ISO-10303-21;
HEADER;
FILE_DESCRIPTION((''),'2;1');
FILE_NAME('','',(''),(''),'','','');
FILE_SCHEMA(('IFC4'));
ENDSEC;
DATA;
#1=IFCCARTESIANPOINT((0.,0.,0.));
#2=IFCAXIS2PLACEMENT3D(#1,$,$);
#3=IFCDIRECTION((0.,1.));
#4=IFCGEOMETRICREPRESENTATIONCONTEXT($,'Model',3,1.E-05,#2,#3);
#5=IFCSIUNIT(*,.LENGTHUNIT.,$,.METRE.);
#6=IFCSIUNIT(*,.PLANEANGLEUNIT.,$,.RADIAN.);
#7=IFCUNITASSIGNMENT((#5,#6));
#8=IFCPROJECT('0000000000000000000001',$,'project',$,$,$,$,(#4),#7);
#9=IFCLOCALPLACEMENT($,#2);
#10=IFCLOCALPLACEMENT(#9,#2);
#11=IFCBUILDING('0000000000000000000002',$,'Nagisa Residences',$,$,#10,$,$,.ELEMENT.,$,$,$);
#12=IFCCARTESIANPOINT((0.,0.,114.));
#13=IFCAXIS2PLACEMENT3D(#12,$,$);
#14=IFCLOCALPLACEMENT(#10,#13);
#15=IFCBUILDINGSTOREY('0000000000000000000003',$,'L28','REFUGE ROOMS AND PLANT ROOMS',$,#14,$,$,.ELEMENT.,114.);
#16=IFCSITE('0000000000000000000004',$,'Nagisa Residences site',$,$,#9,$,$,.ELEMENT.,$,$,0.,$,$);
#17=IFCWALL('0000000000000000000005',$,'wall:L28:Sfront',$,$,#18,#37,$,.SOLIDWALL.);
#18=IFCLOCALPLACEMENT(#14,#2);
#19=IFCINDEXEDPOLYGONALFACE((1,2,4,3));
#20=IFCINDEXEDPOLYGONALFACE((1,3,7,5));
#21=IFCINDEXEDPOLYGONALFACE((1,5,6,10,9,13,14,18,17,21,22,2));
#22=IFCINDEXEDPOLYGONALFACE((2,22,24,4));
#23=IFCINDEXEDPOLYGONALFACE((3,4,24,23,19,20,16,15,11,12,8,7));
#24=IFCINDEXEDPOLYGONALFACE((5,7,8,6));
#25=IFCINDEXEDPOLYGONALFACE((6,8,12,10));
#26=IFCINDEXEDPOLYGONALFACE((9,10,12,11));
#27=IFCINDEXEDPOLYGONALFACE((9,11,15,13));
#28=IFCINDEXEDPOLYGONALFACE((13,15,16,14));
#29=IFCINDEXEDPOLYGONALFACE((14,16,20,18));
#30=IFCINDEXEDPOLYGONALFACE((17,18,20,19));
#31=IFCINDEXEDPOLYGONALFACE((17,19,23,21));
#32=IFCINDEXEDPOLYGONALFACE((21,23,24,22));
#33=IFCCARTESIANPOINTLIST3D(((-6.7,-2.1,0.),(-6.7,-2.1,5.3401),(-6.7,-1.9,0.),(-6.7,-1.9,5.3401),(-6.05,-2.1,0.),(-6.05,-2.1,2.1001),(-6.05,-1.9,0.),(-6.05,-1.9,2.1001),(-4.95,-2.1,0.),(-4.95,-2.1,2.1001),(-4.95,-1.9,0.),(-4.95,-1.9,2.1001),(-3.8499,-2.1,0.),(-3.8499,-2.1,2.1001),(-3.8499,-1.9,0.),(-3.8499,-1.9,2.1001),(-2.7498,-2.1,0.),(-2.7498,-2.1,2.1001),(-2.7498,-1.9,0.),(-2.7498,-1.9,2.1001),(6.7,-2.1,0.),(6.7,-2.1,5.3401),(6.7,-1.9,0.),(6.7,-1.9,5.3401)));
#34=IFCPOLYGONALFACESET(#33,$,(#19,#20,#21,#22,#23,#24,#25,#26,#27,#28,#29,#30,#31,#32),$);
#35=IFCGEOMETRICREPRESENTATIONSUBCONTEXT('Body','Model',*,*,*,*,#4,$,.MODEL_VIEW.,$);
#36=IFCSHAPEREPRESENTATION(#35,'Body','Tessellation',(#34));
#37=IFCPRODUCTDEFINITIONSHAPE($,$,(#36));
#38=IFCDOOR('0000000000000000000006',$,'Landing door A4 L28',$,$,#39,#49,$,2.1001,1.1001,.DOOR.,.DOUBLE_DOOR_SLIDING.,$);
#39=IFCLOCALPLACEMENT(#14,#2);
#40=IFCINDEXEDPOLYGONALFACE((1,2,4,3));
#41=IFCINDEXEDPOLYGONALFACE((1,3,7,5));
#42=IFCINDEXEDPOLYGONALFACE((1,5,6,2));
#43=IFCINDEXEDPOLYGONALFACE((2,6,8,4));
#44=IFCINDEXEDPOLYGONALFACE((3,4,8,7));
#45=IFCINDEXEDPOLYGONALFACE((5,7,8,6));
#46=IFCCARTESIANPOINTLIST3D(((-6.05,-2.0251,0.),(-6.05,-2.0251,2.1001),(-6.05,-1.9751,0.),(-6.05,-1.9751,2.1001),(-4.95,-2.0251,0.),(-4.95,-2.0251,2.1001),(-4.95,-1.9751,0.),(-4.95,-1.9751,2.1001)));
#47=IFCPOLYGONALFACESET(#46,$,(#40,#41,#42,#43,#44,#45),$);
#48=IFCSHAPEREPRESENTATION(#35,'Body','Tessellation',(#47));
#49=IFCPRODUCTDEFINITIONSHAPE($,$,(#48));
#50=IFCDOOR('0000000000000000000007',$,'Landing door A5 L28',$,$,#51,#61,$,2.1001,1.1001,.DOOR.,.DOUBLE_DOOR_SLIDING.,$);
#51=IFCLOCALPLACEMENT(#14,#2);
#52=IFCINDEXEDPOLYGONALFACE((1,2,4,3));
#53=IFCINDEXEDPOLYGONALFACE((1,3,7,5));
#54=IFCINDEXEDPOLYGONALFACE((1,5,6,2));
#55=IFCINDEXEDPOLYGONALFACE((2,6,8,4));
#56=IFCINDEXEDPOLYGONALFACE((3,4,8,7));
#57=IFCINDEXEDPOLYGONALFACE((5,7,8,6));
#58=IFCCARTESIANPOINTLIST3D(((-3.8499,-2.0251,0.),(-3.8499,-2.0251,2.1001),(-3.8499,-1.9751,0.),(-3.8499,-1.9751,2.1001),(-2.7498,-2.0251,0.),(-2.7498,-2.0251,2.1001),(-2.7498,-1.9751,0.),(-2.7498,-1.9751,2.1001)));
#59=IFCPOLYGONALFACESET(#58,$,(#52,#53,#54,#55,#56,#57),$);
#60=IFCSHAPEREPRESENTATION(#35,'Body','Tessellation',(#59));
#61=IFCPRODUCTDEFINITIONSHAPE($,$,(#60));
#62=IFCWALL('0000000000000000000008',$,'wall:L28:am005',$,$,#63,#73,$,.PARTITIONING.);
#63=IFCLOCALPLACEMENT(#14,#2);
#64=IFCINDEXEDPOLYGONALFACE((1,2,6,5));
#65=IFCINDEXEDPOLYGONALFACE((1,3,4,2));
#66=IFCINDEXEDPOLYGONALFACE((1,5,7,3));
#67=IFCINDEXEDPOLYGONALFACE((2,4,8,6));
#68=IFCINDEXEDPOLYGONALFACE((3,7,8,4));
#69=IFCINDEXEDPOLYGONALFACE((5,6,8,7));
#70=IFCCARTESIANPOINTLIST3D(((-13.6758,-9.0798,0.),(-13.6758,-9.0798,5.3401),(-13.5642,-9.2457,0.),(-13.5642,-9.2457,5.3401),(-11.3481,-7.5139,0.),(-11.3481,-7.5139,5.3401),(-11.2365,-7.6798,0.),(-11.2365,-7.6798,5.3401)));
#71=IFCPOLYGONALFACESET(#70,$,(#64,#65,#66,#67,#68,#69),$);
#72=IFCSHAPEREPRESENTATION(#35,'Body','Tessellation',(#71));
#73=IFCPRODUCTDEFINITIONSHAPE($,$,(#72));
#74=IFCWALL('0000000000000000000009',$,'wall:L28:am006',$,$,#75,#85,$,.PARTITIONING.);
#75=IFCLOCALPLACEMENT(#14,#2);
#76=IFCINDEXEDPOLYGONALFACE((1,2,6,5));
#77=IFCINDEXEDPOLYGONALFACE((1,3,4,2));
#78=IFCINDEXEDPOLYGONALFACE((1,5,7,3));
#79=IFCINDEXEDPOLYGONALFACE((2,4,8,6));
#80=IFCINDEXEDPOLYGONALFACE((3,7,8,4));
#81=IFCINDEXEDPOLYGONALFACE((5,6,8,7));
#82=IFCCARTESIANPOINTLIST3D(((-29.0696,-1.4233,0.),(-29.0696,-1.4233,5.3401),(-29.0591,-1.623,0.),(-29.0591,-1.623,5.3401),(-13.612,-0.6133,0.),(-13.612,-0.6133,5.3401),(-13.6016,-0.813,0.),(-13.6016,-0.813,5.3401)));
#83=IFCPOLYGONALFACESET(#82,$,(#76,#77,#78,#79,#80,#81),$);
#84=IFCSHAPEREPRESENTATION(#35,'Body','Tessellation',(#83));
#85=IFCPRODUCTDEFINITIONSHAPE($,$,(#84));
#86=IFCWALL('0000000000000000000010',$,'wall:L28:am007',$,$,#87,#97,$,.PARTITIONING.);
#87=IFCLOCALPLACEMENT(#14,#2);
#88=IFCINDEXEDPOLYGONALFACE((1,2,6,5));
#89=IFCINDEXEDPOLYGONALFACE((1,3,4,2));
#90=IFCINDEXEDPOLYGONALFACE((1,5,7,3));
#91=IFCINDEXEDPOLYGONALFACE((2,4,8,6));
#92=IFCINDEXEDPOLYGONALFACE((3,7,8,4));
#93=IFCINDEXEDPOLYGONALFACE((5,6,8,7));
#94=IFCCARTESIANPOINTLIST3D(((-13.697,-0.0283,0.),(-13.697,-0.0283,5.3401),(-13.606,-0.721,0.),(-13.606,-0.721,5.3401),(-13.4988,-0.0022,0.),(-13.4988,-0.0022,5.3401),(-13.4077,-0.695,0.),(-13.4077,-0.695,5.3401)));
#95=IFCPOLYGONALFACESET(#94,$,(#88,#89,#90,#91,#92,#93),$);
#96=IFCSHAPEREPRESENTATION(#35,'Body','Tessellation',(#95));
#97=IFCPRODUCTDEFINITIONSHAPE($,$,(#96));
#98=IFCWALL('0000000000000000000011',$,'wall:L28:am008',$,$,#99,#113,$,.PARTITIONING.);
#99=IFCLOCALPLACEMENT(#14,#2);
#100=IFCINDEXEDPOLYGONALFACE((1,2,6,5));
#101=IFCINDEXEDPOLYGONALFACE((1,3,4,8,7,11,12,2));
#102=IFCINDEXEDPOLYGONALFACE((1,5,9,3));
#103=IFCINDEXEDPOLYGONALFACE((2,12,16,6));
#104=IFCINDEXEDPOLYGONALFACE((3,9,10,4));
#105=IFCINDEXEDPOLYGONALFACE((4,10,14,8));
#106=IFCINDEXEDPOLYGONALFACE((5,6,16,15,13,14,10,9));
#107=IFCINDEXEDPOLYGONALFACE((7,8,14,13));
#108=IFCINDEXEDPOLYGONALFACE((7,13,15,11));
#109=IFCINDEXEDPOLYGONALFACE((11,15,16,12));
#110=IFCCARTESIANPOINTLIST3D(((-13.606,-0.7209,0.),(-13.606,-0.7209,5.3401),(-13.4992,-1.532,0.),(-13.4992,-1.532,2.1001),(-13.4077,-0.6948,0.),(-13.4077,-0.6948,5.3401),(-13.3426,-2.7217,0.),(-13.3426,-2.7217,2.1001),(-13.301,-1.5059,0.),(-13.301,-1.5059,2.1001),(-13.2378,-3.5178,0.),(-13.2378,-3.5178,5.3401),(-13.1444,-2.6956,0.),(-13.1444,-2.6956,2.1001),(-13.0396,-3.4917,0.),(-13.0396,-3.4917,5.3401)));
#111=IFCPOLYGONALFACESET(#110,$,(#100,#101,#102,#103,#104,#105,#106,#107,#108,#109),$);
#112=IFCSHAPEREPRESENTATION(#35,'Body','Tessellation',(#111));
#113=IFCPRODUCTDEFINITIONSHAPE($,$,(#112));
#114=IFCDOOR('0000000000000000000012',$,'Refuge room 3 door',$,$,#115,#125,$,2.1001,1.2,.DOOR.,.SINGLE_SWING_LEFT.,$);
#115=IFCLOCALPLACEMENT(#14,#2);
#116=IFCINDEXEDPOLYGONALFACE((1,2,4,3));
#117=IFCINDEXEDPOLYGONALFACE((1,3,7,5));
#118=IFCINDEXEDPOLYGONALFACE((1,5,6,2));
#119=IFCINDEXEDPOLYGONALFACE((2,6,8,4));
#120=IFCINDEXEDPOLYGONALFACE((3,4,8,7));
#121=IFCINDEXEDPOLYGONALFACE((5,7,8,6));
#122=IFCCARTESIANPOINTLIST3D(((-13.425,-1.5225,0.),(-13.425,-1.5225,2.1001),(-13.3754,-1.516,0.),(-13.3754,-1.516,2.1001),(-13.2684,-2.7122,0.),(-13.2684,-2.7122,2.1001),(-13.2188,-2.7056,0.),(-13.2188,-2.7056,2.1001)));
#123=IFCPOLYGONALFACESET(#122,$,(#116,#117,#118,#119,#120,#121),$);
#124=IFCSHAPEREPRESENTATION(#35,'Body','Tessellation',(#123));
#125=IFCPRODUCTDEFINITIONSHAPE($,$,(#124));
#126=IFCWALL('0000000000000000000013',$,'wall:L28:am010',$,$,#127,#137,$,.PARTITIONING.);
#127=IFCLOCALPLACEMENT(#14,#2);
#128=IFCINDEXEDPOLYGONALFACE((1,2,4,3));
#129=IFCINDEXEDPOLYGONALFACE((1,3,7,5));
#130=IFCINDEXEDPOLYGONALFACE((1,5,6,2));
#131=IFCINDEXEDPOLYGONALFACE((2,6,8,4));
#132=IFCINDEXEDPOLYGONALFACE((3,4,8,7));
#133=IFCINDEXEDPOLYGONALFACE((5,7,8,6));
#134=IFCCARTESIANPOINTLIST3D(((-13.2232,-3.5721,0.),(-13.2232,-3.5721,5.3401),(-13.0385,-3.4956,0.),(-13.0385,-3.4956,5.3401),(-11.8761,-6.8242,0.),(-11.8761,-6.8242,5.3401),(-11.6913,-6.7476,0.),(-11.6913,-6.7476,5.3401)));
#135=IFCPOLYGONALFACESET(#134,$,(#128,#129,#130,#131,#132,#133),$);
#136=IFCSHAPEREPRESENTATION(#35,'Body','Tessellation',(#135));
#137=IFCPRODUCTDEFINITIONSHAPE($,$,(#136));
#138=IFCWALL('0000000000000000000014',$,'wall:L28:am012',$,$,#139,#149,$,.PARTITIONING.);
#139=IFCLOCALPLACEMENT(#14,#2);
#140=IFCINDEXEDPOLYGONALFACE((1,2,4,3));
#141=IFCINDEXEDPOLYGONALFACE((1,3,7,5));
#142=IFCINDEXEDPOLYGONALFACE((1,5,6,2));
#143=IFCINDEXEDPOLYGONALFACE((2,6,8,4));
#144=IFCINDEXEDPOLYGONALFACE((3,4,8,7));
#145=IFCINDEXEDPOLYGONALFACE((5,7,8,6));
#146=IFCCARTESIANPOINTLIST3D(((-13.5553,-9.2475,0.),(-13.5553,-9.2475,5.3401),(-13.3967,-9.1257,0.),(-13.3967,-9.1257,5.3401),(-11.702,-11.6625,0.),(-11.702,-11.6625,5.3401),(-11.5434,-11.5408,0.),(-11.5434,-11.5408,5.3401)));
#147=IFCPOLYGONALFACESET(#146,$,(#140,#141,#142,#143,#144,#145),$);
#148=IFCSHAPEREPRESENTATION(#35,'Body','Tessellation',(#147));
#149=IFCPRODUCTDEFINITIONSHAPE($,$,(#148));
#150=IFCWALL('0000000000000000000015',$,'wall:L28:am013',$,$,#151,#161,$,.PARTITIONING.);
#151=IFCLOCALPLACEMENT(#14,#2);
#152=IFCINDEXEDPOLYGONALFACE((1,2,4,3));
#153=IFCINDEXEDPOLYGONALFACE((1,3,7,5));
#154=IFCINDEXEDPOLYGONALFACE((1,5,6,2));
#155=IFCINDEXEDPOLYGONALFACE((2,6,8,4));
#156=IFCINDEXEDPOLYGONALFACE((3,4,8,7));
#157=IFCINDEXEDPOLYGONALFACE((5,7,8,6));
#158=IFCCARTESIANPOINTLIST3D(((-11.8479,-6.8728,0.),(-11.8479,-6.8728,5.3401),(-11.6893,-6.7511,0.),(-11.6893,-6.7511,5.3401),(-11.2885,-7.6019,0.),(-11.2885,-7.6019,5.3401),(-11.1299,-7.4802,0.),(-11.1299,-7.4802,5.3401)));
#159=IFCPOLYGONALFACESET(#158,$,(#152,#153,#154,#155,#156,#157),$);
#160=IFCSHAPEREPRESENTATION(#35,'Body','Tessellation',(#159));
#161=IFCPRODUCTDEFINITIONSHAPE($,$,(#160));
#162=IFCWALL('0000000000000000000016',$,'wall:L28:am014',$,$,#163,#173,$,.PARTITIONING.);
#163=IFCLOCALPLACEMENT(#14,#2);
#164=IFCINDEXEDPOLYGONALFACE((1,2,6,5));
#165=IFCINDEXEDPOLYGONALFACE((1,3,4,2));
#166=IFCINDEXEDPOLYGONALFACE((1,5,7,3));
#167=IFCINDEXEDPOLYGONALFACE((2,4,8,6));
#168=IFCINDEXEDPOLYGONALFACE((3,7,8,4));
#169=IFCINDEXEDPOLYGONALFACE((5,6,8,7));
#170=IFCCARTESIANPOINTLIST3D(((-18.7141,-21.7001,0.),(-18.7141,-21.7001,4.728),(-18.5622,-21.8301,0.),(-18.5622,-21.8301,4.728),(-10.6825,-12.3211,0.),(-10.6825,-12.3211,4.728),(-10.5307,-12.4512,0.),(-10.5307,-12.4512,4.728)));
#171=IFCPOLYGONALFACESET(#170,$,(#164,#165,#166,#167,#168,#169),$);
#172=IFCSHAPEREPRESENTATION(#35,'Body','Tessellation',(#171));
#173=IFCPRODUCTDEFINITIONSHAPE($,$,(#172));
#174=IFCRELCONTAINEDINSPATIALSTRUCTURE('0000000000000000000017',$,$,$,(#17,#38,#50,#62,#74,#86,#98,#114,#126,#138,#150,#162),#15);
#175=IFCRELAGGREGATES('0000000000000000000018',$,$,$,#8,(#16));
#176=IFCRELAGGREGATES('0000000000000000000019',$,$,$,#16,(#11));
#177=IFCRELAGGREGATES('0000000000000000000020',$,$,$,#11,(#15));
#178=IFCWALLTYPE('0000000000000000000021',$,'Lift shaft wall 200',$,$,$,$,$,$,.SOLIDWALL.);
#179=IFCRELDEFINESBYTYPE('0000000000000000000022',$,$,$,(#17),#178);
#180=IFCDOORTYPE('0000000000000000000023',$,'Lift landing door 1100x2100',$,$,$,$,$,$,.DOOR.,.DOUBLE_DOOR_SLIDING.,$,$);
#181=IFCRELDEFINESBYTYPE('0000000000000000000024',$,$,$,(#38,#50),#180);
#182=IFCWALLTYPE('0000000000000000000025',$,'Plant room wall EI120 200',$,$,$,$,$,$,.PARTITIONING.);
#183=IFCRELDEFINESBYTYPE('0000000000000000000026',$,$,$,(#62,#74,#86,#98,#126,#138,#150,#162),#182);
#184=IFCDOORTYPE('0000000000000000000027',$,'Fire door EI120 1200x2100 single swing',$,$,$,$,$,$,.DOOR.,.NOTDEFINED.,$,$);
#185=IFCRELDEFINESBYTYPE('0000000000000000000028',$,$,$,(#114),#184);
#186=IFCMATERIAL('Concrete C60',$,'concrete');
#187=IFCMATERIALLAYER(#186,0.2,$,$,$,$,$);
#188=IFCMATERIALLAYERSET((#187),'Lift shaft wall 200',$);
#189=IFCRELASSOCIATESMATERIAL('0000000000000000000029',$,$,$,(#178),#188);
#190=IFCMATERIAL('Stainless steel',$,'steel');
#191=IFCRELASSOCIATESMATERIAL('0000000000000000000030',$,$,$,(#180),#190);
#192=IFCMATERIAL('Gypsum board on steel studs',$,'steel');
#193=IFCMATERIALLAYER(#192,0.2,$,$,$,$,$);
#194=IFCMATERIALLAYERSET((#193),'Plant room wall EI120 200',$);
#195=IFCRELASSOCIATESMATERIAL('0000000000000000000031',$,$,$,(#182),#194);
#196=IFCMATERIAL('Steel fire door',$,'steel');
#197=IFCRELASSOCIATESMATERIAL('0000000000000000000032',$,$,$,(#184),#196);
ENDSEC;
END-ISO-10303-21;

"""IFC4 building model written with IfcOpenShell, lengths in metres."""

from ifc_helpers import new_model, si_unit, direction, frame, frame_2d, origin, place, context, subcontext, project, spatial, rectangle, extrude, material, layer, layer_set, type_object, element, fill, save


model = new_model("IFC4")

# Units and contexts
model_context = context("Model", 3, precision=1e-05, world=origin(), true_north=direction((0.0, 1.0)))
body_context = subcontext(model_context, "Body", "Model", "MODEL_VIEW")
ifc_project = project(units=[si_unit("LENGTHUNIT", "METRE"), si_unit("PLANEANGLEUNIT", "RADIAN")], contexts=[model_context])

# Site, building, storey
site_placement = place(None, origin())
site = spatial("IfcSite", under=ifc_project, at=site_placement, Name="Nagisa Residences site", CompositionType="ELEMENT", RefElevation=0.0)
building_placement = place(site_placement, origin())
building = spatial("IfcBuilding", under=site, at=building_placement, Name="Nagisa Residences", CompositionType="ELEMENT")
storey_placement = place(building_placement, frame((0.0, 0.0, 114.0)))
storey = spatial("IfcBuildingStorey", under=building, at=storey_placement, Name="L28", Description="REFUGE ROOMS AND PLANT ROOMS", CompositionType="ELEMENT", Elevation=114.0)

# Shared definitions
ifc_material_1 = material(Name="Concrete C60", Category="concrete")
ifc_layer_1 = layer(ifc_material_1, 0.2)
ifc_layer_set_1 = layer_set([ifc_layer_1], Name="Lift shaft wall 200")
wall_type_1 = type_object("IfcWallType", Name="Lift shaft wall 200", PredefinedType="SOLIDWALL", material=ifc_layer_set_1)

# Wall, openings, doors
wall_1_placement = place(storey_placement, frame((-6.7, -2.0, 0.0), z_axis=(0.0, 0.0, 1.0), x_axis=(1.0, 0.0, 0.0)))
wall_1 = element("IfcWall", 1, at=wall_1_placement, inside=storey, type_object=wall_type_1, Name="wall:L28:Sfront", PredefinedType="SOLIDWALL", context=body_context, shape_type="SweptSolid", body=[
    extrude(rectangle(XDim=13.3999, YDim=0.2, at=frame_2d((6.7, 0.0))), origin(), (0.0, 0.0, 1.0), 5.3401),
])
opening_1_placement = place(wall_1_placement, frame((0.6499, 0.0, 0.0)))
opening_1 = element("IfcOpeningElement", 2, at=opening_1_placement, cuts=wall_1, PredefinedType="OPENING", context=body_context, shape_type="SweptSolid", body=[
    extrude(rectangle(XDim=1.1001, YDim=2.1001, at=frame_2d((0.55, 1.05))), frame((0.0, 0.1099, 0.0), z_axis=(0.0, -1.0, 0.0), x_axis=(1.0, 0.0, 0.0)), (0.0, 0.0, 1.0), 0.22),
])
opening_2_placement = place(wall_1_placement, frame((2.8501, 0.0, 0.0)))
opening_2 = element("IfcOpeningElement", 3, at=opening_2_placement, cuts=wall_1, PredefinedType="OPENING", context=body_context, shape_type="SweptSolid", body=[
    extrude(rectangle(XDim=1.1001, YDim=2.1001, at=frame_2d((0.55, 1.05))), frame((0.0, 0.1099, 0.0), z_axis=(0.0, -1.0, 0.0), x_axis=(1.0, 0.0, 0.0)), (0.0, 0.0, 1.0), 0.22),
])
ifc_material_2 = material(Name="Stainless steel", Category="steel")
door_type_1 = type_object("IfcDoorType", Name="Lift landing door 1100x2100", OperationType="DOUBLE_DOOR_SLIDING", PredefinedType="DOOR", material=ifc_material_2)
door_1_placement = place(opening_1_placement, origin())
door_1 = element("IfcDoor", 4, at=door_1_placement, inside=storey, type_object=door_type_1, Name="Landing door A4 L28", OperationType="DOUBLE_DOOR_SLIDING", OverallHeight=2.1001, OverallWidth=1.1001, PredefinedType="DOOR", context=body_context, shape_type="SweptSolid", body=[
    extrude(rectangle(XDim=1.1001, YDim=2.1001, at=frame_2d((0.55, 1.05))), frame((0.0, 0.0249, 0.0), z_axis=(0.0, -1.0, 0.0), x_axis=(1.0, 0.0, 0.0)), (0.0, 0.0, 1.0), 0.05),
])
fill(opening_1, door_1)
door_2_placement = place(opening_2_placement, origin())
door_2 = element("IfcDoor", 5, at=door_2_placement, inside=storey, type_object=door_type_1, Name="Landing door A5 L28", OperationType="DOUBLE_DOOR_SLIDING", OverallHeight=2.1001, OverallWidth=1.1001, PredefinedType="DOOR", context=body_context, shape_type="SweptSolid", body=[
    extrude(rectangle(XDim=1.1001, YDim=2.1001, at=frame_2d((0.55, 1.05))), frame((0.0, 0.0249, 0.0), z_axis=(0.0, -1.0, 0.0), x_axis=(1.0, 0.0, 0.0)), (0.0, 0.0, 1.0), 0.05),
])
fill(opening_2, door_2)

# Walls
ifc_material_3 = material(Name="Gypsum board on steel studs", Category="steel")
ifc_layer_2 = layer(ifc_material_3, 0.2)
ifc_layer_set_2 = layer_set([ifc_layer_2], Name="Plant room wall EI120 200")
wall_type_2 = type_object("IfcWallType", Name="Plant room wall EI120 200", PredefinedType="PARTITIONING", material=ifc_layer_set_2)
wall_2_placement = place(storey_placement, frame((-13.6201, -9.1628, 0.0), z_axis=(0.0, 0.0, 1.0), x_axis=(0.829713, 0.55819, 0.0)))
element("IfcWall", 6, at=wall_2_placement, inside=storey, type_object=wall_type_2, Name="wall:L28:am005", PredefinedType="PARTITIONING", context=body_context, shape_type="SweptSolid", body=[
    extrude(rectangle(XDim=2.8054, YDim=0.2, at=frame_2d((1.4028, 0.0))), origin(), (0.0, 0.0, 1.0), 5.3401),
])
wall_3_placement = place(storey_placement, frame((-13.6069, -0.7131, 0.0), z_axis=(0.0, 0.0, 1.0), x_axis=(-0.99863, -0.052334, 0.0)))
element("IfcWall", 7, at=wall_3_placement, inside=storey, type_object=wall_type_2, Name="wall:L28:am006", PredefinedType="PARTITIONING", context=body_context, shape_type="SweptSolid", body=[
    extrude(rectangle(XDim=15.4788, YDim=0.2, at=frame_2d((7.7393, 0.0))), origin(), (0.0, 0.0, 1.0), 5.3401),
])
wall_4_placement = place(storey_placement, frame((-13.5068, -0.708, 0.0), z_axis=(0.0, 0.0, 1.0), x_axis=(-0.13031, 0.991473, 0.0)))
element("IfcWall", 8, at=wall_4_placement, inside=storey, type_object=wall_type_2, Name="wall:L28:am007", PredefinedType="PARTITIONING", context=body_context, shape_type="SweptSolid", body=[
    extrude(rectangle(XDim=0.6987, YDim=0.2, at=frame_2d((0.3494, 0.0))), origin(), (0.0, 0.0, 1.0), 5.3401),
])

# Wall, opening, door
wall_5_placement = place(storey_placement, frame((-13.1387, -3.5049, 0.0), z_axis=(0.0, 0.0, 1.0), x_axis=(-0.130508, 0.991447, 0.0)))
wall_5 = element("IfcWall", 9, at=wall_5_placement, inside=storey, type_object=wall_type_2, Name="wall:L28:am008", PredefinedType="PARTITIONING", context=body_context, shape_type="SweptSolid", body=[
    extrude(rectangle(XDim=2.821, YDim=0.2, at=frame_2d((1.4106, 0.0))), origin(), (0.0, 0.0, 1.0), 5.3401),
])
opening_3_placement = place(wall_5_placement, frame((0.803, 0.0, 0.0)))
opening_3 = element("IfcOpeningElement", 10, at=opening_3_placement, cuts=wall_5, PredefinedType="OPENING", context=body_context, shape_type="SweptSolid", body=[
    extrude(rectangle(XDim=1.2, YDim=2.1001, at=frame_2d((0.6001, 1.05))), frame((0.0, 0.1099, 0.0), z_axis=(0.0, -1.0, 0.0), x_axis=(1.0, 0.0, 0.0)), (0.0, 0.0, 1.0), 0.22),
])
ifc_material_4 = material(Name="Steel fire door", Category="steel")
door_type_2 = type_object("IfcDoorType", Name="Fire door EI120 1200x2100 single swing", OperationType="NOTDEFINED", PredefinedType="DOOR", material=ifc_material_4)
door_3_placement = place(opening_3_placement, frame((1.2, 0.0, 0.0), x_axis=(-1.0, 0.0, 0.0)))
door_3 = element("IfcDoor", 11, at=door_3_placement, inside=storey, type_object=door_type_2, Name="Refuge room 3 door", OperationType="SINGLE_SWING_LEFT", OverallHeight=2.1001, OverallWidth=1.2, PredefinedType="DOOR", context=body_context, shape_type="SweptSolid", body=[
    extrude(rectangle(XDim=1.2, YDim=2.1001, at=frame_2d((0.6001, 1.05))), frame((0.0, 0.0249, 0.0), z_axis=(0.0, -1.0, 0.0), x_axis=(1.0, 0.0, 0.0)), (0.0, 0.0, 1.0), 0.05),
])
fill(opening_3, door_3)

# Walls
wall_6_placement = place(storey_placement, frame((-11.7837, -6.7859, 0.0), z_axis=(0.0, 0.0, 1.0), x_axis=(-0.382723, 0.923863, 0.0)))
element("IfcWall", 12, at=wall_6_placement, inside=storey, type_object=wall_type_2, Name="wall:L28:am010", PredefinedType="PARTITIONING", context=body_context, shape_type="SweptSolid", body=[
    extrude(rectangle(XDim=3.52, YDim=0.2, at=frame_2d((1.76, 0.0))), origin(), (0.0, 0.0, 1.0), 5.3401),
])
wall_7_placement = place(storey_placement, frame((-11.6228, -11.6016, 0.0), z_axis=(0.0, 0.0, 1.0), x_axis=(-0.608792, 0.79333, 0.0)))
element("IfcWall", 13, at=wall_7_placement, inside=storey, type_object=wall_type_2, Name="wall:L28:am012", PredefinedType="PARTITIONING", context=body_context, shape_type="SweptSolid", body=[
    extrude(rectangle(XDim=3.0442, YDim=0.2, at=frame_2d((1.522, 0.0))), origin(), (0.0, 0.0, 1.0), 5.3401),
])
wall_8_placement = place(storey_placement, frame((-11.2092, -7.541, 0.0), z_axis=(0.0, 0.0, 1.0), x_axis=(-0.608722, 0.793384, 0.0)))
element("IfcWall", 14, at=wall_8_placement, inside=storey, type_object=wall_type_2, Name="wall:L28:am013", PredefinedType="PARTITIONING", context=body_context, shape_type="SweptSolid", body=[
    extrude(rectangle(XDim=0.9189, YDim=0.2, at=frame_2d((0.4595, 0.0))), origin(), (0.0, 0.0, 1.0), 5.3401),
])
wall_9_placement = place(storey_placement, frame((-10.6067, -12.3862, 0.0), z_axis=(0.0, 0.0, 1.0), x_axis=(-0.650438, -0.759559, 0.0)))
element("IfcWall", 15, at=wall_9_placement, inside=storey, type_object=wall_type_2, Name="wall:L28:am014", PredefinedType="PARTITIONING", context=body_context, shape_type="SweptSolid", body=[
    extrude(rectangle(XDim=12.3479, YDim=0.2, at=frame_2d((6.1738, 0.0))), origin(), (0.0, 0.0, 1.0), 4.728),
])

save(model, "model.ifc")
